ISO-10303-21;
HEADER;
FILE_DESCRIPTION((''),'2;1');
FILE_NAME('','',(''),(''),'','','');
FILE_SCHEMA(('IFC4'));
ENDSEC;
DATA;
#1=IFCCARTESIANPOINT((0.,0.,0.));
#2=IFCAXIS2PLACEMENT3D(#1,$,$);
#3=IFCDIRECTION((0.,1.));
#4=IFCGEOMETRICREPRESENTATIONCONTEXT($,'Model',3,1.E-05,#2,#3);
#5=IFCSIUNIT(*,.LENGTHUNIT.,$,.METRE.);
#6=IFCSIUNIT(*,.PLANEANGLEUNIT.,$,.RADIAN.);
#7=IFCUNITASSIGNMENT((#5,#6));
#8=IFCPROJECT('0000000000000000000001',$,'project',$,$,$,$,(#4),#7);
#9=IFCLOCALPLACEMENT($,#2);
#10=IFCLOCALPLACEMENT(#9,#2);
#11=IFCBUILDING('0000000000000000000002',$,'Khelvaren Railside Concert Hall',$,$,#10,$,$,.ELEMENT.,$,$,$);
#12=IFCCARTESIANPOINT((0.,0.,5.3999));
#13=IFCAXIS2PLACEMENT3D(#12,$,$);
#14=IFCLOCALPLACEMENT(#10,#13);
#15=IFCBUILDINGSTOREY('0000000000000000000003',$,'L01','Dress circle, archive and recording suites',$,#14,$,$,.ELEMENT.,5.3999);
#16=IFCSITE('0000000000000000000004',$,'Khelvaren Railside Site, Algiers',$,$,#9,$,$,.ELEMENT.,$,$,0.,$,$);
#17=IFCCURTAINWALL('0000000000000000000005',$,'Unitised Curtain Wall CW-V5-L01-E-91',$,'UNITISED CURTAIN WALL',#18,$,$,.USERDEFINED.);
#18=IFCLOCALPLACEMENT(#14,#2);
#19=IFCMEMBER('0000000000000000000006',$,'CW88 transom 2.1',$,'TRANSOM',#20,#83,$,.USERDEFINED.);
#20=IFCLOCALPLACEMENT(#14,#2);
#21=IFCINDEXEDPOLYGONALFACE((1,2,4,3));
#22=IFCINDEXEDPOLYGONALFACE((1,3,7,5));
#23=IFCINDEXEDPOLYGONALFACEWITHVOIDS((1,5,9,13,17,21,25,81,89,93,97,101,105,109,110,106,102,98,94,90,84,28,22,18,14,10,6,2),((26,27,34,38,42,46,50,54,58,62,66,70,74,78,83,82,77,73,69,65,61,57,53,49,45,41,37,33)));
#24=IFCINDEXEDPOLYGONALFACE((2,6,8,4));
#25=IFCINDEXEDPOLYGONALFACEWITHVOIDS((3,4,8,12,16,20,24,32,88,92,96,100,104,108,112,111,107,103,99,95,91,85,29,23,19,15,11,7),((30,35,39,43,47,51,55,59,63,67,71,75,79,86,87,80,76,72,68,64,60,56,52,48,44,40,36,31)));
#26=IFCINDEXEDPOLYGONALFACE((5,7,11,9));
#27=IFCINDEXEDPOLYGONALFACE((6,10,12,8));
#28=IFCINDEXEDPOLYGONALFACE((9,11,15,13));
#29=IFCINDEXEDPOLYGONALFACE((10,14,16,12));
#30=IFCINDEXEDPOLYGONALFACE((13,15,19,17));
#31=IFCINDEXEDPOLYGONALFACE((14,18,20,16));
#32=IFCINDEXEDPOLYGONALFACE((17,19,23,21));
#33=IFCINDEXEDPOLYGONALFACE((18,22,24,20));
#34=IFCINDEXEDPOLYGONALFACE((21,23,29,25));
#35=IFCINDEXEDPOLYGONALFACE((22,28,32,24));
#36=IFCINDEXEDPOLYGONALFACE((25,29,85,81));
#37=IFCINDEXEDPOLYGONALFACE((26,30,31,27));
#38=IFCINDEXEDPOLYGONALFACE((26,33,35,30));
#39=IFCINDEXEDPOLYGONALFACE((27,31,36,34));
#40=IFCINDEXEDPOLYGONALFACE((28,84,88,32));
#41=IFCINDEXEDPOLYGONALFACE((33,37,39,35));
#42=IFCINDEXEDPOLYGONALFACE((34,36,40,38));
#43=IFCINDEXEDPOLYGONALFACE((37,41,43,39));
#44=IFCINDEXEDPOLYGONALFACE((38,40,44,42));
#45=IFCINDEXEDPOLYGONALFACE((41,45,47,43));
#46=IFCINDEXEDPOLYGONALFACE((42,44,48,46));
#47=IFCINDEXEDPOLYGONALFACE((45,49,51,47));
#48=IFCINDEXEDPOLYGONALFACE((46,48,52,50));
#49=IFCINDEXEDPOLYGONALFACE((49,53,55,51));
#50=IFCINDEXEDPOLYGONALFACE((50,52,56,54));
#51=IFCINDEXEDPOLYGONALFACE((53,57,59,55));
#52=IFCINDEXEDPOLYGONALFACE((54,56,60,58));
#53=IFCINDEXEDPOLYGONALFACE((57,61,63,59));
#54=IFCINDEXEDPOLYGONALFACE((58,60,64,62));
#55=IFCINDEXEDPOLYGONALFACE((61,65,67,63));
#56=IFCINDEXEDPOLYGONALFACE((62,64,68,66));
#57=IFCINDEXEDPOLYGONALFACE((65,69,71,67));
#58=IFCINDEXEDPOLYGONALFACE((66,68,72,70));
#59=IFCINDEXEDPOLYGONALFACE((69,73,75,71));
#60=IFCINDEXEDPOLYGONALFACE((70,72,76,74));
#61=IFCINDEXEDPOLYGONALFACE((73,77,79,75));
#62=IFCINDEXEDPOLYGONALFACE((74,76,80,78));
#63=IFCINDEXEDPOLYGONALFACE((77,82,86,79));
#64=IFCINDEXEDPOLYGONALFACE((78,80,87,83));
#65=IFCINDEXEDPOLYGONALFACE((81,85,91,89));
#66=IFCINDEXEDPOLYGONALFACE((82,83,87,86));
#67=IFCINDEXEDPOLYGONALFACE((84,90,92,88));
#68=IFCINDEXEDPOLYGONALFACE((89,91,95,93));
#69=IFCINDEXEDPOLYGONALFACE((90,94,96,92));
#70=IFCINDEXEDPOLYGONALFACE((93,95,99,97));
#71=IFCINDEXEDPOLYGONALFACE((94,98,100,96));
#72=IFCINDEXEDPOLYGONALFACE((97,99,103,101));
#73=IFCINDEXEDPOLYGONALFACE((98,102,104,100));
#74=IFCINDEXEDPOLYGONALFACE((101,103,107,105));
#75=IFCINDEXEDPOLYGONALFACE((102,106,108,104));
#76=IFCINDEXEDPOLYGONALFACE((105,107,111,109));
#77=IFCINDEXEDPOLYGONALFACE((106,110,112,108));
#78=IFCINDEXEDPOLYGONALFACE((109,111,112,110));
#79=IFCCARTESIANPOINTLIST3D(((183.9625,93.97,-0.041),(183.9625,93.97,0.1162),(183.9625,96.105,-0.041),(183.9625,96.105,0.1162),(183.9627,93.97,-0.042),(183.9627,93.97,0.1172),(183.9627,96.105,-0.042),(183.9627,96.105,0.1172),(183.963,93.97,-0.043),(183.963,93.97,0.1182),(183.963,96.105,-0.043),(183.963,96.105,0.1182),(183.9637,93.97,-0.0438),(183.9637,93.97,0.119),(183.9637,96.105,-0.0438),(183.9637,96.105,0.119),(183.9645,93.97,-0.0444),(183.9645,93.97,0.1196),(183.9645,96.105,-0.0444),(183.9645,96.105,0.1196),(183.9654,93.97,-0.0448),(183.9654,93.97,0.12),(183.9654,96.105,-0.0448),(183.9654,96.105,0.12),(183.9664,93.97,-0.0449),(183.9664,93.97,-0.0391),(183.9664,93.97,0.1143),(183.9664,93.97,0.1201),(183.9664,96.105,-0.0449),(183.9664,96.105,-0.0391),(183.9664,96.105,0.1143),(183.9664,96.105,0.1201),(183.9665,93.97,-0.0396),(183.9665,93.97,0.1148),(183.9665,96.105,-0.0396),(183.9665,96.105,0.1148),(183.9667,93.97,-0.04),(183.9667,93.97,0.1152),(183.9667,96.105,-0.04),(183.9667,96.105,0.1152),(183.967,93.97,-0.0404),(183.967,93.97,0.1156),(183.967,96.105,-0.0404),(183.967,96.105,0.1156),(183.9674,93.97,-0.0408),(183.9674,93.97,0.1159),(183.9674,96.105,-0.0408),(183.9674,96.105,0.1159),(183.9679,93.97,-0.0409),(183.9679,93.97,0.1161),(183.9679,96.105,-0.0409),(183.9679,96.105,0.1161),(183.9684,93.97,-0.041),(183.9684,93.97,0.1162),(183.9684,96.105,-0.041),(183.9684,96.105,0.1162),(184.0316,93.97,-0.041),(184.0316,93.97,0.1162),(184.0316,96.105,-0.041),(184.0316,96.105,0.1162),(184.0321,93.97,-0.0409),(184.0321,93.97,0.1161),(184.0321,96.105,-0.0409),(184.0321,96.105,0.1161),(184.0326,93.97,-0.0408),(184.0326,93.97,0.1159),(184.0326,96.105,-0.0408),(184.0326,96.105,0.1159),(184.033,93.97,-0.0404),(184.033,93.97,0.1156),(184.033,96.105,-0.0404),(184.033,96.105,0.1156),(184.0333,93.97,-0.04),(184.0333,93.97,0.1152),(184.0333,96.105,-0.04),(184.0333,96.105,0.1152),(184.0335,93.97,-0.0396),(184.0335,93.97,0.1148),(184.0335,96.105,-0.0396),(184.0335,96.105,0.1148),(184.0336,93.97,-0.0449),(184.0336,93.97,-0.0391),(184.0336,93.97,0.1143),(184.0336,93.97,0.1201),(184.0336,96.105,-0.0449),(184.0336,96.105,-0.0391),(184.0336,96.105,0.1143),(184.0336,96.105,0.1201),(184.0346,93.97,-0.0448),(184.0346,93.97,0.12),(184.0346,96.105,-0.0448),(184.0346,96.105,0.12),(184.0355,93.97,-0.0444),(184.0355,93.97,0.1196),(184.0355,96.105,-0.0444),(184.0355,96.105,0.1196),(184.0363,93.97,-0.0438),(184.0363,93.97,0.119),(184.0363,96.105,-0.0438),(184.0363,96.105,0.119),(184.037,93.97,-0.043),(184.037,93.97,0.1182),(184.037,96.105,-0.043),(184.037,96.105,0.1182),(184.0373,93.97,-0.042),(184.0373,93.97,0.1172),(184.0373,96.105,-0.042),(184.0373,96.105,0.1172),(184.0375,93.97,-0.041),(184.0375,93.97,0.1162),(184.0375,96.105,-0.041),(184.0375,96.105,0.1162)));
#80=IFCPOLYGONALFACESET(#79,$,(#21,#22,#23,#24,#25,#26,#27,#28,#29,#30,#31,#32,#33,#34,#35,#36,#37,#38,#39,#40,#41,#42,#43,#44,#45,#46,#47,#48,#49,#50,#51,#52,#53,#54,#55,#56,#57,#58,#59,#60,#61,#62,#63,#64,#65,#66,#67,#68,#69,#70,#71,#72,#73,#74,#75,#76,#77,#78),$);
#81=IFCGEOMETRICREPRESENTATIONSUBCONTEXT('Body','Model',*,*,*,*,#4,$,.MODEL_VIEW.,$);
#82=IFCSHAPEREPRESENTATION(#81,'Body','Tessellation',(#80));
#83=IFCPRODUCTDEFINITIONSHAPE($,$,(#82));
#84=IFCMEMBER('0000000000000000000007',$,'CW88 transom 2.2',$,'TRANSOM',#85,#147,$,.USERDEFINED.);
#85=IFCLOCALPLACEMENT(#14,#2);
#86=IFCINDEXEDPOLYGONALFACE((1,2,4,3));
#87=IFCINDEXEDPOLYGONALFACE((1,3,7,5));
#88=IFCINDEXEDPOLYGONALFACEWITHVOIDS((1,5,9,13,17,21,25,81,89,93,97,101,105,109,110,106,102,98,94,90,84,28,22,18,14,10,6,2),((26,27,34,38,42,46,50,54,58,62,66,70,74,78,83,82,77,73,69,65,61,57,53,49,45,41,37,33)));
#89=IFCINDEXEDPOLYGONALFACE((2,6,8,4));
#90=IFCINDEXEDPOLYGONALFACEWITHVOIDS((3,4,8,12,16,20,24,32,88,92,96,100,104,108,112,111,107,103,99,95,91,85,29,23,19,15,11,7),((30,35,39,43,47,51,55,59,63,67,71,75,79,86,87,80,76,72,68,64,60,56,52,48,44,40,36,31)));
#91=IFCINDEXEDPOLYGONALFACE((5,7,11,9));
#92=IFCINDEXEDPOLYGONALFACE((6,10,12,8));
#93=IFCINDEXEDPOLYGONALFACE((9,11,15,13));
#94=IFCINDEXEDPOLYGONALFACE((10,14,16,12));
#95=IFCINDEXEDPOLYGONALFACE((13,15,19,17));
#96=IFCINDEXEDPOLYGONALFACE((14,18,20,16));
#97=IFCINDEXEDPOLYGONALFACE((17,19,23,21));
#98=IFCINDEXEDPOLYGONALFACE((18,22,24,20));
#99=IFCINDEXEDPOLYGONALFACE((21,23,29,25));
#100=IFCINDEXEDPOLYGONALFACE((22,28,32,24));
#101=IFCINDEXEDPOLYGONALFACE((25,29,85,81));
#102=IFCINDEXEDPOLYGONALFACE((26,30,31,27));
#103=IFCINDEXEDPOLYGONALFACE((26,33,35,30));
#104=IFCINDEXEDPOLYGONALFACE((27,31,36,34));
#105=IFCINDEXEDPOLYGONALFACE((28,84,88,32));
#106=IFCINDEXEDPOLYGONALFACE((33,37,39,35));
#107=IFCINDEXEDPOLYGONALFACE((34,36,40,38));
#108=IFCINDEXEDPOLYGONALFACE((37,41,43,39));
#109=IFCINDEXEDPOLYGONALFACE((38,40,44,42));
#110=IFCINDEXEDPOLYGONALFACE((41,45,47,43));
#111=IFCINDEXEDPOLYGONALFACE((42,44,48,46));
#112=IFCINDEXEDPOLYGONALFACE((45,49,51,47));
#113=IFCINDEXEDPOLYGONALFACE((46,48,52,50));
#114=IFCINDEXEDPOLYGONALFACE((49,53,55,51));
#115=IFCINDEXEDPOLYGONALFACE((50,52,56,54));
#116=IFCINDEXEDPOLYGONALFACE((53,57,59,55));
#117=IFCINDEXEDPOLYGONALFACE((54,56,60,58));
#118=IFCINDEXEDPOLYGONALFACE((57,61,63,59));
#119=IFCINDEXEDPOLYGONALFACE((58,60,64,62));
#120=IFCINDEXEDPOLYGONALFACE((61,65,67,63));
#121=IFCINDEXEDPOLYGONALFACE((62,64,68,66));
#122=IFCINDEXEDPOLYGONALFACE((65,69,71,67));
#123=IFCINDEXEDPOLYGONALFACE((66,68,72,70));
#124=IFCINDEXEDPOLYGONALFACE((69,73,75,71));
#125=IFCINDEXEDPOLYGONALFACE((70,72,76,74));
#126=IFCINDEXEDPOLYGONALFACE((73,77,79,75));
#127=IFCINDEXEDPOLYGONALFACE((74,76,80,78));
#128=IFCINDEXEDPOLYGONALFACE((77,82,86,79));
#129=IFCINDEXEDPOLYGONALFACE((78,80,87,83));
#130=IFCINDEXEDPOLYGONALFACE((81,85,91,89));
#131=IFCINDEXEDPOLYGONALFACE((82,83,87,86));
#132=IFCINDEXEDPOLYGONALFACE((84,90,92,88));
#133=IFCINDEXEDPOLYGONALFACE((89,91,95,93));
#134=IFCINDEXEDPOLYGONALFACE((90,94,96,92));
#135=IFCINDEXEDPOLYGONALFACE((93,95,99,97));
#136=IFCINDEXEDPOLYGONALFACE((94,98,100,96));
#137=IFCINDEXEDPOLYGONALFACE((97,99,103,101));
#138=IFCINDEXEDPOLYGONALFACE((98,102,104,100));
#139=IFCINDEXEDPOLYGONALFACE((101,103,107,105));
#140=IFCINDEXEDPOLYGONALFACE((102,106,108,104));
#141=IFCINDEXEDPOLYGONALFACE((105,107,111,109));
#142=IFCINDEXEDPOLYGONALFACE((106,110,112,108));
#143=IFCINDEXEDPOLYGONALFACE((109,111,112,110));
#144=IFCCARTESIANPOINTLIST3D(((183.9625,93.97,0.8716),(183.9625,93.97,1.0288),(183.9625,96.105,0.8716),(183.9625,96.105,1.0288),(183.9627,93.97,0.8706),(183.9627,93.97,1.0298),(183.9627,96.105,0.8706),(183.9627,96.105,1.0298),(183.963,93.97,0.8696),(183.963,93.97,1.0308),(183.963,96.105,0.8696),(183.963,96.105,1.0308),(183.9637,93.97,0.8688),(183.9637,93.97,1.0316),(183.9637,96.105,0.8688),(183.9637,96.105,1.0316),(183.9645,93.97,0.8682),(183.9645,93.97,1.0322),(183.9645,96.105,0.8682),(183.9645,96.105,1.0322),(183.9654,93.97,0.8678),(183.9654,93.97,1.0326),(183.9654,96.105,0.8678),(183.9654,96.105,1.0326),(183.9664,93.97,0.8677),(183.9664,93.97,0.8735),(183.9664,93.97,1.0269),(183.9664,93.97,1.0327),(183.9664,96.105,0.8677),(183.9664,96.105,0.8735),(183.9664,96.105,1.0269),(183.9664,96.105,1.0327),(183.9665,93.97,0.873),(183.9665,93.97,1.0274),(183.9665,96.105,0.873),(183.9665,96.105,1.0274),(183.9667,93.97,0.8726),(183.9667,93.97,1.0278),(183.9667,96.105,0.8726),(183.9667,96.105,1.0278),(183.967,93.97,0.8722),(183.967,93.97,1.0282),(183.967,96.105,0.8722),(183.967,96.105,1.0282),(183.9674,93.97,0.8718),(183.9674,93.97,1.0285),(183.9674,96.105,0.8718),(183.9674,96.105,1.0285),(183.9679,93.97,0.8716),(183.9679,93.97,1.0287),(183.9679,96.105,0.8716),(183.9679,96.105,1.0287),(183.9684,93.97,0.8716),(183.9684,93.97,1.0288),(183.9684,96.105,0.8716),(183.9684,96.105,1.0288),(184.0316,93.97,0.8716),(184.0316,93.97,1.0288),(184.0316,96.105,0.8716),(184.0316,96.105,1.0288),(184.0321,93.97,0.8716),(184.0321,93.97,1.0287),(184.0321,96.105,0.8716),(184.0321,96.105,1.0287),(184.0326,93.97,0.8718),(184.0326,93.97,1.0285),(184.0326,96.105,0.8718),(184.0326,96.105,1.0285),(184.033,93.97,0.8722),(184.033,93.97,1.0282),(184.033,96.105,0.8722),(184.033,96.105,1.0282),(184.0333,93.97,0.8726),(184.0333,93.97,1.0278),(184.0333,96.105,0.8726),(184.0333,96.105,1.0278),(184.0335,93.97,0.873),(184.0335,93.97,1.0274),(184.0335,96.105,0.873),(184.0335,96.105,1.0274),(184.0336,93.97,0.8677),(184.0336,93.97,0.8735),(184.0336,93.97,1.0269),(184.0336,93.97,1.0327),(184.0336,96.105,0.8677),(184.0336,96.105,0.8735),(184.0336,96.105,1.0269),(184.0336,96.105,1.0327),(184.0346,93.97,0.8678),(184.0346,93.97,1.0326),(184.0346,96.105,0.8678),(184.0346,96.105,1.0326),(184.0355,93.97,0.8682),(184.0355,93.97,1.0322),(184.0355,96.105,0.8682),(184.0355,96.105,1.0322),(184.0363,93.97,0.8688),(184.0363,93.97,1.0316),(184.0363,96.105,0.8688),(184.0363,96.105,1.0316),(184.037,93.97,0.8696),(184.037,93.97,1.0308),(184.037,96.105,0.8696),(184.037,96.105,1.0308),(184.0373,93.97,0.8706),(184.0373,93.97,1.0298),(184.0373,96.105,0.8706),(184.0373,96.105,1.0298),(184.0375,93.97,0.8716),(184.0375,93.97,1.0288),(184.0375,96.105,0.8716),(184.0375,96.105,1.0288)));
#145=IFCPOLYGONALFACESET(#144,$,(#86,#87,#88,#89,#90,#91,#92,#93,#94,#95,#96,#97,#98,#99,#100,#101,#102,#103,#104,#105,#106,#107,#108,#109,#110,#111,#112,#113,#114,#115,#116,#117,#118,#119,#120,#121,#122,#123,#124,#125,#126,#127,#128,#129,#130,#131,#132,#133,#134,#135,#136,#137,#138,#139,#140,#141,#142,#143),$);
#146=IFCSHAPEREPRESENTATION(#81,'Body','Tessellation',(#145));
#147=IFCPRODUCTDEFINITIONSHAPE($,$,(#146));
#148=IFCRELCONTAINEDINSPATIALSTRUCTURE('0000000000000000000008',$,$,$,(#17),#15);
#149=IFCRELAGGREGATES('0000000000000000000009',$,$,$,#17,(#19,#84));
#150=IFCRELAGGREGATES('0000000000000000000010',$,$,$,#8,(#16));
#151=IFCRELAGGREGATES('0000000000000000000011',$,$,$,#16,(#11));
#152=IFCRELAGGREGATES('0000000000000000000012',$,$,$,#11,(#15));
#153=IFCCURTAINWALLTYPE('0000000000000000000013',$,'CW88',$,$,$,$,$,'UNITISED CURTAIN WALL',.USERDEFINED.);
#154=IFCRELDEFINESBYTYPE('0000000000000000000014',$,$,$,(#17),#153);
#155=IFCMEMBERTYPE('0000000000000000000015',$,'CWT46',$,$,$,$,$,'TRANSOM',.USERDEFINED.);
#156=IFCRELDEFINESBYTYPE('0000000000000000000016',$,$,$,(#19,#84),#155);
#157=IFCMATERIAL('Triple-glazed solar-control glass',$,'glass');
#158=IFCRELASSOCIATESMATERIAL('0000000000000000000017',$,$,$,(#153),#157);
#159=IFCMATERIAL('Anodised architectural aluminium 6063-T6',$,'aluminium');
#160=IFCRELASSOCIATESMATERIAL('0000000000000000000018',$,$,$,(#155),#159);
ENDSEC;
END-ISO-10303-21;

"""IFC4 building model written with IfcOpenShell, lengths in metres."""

from ifc_helpers import new_model, si_unit, direction, frame, origin, origin_2d, place, context, subcontext, project, spatial, hollow_rectangle, extrude, material, material_profile, profile_set, type_object, element, aggregate, save


model = new_model("IFC4")

# Units and contexts
model_context = context("Model", 3, precision=1e-05, world=origin(), true_north=direction((0.0, 1.0)))
body_context = subcontext(model_context, "Body", "Model", "MODEL_VIEW")
ifc_project = project(units=[si_unit("LENGTHUNIT", "METRE"), si_unit("PLANEANGLEUNIT", "RADIAN")], contexts=[model_context])

# Site, building, storey
site_placement = place(None, origin())
site = spatial("IfcSite", under=ifc_project, at=site_placement, Name="Khelvaren Railside Site, Algiers", CompositionType="ELEMENT", RefElevation=0.0)
building_placement = place(site_placement, origin())
building = spatial("IfcBuilding", under=site, at=building_placement, Name="Khelvaren Railside Concert Hall", CompositionType="ELEMENT")
storey_placement = place(building_placement, frame((0.0, 0.0, 5.3999)))
storey = spatial("IfcBuildingStorey", under=building, at=storey_placement, Name="L01", Description="Dress circle, archive and recording suites", CompositionType="ELEMENT", Elevation=5.3999)

# Curtain wall, members
ifc_material_1 = material(Name="Triple-glazed solar-control glass", Category="glass")
curtain_wall_type = type_object("IfcCurtainWallType", Name="CW88", ElementType="UNITISED CURTAIN WALL", PredefinedType="USERDEFINED", material=ifc_material_1)
curtain_wall_placement = place(storey_placement, origin())
curtain_wall = element("IfcCurtainWall", 1, at=curtain_wall_placement, inside=storey, type_object=curtain_wall_type, Name="Unitised Curtain Wall CW-V5-L01-E-91", ObjectType="UNITISED CURTAIN WALL", PredefinedType="USERDEFINED")
ifc_material_2 = material(Name="Anodised architectural aluminium 6063-T6", Category="aluminium")
ifc_material_profile_1 = material_profile(ifc_material_2, hollow_rectangle(XDim=0.075, YDim=0.165, WallThickness=0.0039, InnerFilletRadius=0.002, OuterFilletRadius=0.0039, at=origin_2d()), Name="CWT 75x165x4")
ifc_profile_set_1 = profile_set([ifc_material_profile_1], Name="Anodised architectural aluminium 6063-T6")
member_type_1 = type_object("IfcMemberType", Name="CWT46", ElementType="TRANSOM", PredefinedType="USERDEFINED", material=ifc_profile_set_1)
member_1_placement = place(storey_placement, frame((184.0, 96.105, 0.0376), z_axis=(0.0, -1.0, 0.0), x_axis=(1.0, 0.0, 0.0)))
member_1 = element("IfcMember", 2, at=member_1_placement, type_object=member_type_1, Name="CW88 transom 2.1", ObjectType="TRANSOM", PredefinedType="USERDEFINED", context=body_context, shape_type="SweptSolid", body=[
    extrude(hollow_rectangle(XDim=0.075, YDim=0.165, WallThickness=0.0039, InnerFilletRadius=0.002, OuterFilletRadius=0.0039, at=origin_2d()), origin(), (0.0, 0.0, 1.0), 2.135),
])
member_2_placement = place(storey_placement, frame((184.0, 96.105, 0.9502), z_axis=(0.0, -1.0, 0.0), x_axis=(1.0, 0.0, 0.0)))
member_2 = element("IfcMember", 3, at=member_2_placement, type_object=member_type_1, Name="CW88 transom 2.2", ObjectType="TRANSOM", PredefinedType="USERDEFINED", context=body_context, shape_type="SweptSolid", body=[
    extrude(hollow_rectangle(XDim=0.075, YDim=0.165, WallThickness=0.0039, InnerFilletRadius=0.002, OuterFilletRadius=0.0039, at=origin_2d()), origin(), (0.0, 0.0, 1.0), 2.135),
])

aggregate(curtain_wall, [member_1, member_2])

save(model, "model.ifc")
